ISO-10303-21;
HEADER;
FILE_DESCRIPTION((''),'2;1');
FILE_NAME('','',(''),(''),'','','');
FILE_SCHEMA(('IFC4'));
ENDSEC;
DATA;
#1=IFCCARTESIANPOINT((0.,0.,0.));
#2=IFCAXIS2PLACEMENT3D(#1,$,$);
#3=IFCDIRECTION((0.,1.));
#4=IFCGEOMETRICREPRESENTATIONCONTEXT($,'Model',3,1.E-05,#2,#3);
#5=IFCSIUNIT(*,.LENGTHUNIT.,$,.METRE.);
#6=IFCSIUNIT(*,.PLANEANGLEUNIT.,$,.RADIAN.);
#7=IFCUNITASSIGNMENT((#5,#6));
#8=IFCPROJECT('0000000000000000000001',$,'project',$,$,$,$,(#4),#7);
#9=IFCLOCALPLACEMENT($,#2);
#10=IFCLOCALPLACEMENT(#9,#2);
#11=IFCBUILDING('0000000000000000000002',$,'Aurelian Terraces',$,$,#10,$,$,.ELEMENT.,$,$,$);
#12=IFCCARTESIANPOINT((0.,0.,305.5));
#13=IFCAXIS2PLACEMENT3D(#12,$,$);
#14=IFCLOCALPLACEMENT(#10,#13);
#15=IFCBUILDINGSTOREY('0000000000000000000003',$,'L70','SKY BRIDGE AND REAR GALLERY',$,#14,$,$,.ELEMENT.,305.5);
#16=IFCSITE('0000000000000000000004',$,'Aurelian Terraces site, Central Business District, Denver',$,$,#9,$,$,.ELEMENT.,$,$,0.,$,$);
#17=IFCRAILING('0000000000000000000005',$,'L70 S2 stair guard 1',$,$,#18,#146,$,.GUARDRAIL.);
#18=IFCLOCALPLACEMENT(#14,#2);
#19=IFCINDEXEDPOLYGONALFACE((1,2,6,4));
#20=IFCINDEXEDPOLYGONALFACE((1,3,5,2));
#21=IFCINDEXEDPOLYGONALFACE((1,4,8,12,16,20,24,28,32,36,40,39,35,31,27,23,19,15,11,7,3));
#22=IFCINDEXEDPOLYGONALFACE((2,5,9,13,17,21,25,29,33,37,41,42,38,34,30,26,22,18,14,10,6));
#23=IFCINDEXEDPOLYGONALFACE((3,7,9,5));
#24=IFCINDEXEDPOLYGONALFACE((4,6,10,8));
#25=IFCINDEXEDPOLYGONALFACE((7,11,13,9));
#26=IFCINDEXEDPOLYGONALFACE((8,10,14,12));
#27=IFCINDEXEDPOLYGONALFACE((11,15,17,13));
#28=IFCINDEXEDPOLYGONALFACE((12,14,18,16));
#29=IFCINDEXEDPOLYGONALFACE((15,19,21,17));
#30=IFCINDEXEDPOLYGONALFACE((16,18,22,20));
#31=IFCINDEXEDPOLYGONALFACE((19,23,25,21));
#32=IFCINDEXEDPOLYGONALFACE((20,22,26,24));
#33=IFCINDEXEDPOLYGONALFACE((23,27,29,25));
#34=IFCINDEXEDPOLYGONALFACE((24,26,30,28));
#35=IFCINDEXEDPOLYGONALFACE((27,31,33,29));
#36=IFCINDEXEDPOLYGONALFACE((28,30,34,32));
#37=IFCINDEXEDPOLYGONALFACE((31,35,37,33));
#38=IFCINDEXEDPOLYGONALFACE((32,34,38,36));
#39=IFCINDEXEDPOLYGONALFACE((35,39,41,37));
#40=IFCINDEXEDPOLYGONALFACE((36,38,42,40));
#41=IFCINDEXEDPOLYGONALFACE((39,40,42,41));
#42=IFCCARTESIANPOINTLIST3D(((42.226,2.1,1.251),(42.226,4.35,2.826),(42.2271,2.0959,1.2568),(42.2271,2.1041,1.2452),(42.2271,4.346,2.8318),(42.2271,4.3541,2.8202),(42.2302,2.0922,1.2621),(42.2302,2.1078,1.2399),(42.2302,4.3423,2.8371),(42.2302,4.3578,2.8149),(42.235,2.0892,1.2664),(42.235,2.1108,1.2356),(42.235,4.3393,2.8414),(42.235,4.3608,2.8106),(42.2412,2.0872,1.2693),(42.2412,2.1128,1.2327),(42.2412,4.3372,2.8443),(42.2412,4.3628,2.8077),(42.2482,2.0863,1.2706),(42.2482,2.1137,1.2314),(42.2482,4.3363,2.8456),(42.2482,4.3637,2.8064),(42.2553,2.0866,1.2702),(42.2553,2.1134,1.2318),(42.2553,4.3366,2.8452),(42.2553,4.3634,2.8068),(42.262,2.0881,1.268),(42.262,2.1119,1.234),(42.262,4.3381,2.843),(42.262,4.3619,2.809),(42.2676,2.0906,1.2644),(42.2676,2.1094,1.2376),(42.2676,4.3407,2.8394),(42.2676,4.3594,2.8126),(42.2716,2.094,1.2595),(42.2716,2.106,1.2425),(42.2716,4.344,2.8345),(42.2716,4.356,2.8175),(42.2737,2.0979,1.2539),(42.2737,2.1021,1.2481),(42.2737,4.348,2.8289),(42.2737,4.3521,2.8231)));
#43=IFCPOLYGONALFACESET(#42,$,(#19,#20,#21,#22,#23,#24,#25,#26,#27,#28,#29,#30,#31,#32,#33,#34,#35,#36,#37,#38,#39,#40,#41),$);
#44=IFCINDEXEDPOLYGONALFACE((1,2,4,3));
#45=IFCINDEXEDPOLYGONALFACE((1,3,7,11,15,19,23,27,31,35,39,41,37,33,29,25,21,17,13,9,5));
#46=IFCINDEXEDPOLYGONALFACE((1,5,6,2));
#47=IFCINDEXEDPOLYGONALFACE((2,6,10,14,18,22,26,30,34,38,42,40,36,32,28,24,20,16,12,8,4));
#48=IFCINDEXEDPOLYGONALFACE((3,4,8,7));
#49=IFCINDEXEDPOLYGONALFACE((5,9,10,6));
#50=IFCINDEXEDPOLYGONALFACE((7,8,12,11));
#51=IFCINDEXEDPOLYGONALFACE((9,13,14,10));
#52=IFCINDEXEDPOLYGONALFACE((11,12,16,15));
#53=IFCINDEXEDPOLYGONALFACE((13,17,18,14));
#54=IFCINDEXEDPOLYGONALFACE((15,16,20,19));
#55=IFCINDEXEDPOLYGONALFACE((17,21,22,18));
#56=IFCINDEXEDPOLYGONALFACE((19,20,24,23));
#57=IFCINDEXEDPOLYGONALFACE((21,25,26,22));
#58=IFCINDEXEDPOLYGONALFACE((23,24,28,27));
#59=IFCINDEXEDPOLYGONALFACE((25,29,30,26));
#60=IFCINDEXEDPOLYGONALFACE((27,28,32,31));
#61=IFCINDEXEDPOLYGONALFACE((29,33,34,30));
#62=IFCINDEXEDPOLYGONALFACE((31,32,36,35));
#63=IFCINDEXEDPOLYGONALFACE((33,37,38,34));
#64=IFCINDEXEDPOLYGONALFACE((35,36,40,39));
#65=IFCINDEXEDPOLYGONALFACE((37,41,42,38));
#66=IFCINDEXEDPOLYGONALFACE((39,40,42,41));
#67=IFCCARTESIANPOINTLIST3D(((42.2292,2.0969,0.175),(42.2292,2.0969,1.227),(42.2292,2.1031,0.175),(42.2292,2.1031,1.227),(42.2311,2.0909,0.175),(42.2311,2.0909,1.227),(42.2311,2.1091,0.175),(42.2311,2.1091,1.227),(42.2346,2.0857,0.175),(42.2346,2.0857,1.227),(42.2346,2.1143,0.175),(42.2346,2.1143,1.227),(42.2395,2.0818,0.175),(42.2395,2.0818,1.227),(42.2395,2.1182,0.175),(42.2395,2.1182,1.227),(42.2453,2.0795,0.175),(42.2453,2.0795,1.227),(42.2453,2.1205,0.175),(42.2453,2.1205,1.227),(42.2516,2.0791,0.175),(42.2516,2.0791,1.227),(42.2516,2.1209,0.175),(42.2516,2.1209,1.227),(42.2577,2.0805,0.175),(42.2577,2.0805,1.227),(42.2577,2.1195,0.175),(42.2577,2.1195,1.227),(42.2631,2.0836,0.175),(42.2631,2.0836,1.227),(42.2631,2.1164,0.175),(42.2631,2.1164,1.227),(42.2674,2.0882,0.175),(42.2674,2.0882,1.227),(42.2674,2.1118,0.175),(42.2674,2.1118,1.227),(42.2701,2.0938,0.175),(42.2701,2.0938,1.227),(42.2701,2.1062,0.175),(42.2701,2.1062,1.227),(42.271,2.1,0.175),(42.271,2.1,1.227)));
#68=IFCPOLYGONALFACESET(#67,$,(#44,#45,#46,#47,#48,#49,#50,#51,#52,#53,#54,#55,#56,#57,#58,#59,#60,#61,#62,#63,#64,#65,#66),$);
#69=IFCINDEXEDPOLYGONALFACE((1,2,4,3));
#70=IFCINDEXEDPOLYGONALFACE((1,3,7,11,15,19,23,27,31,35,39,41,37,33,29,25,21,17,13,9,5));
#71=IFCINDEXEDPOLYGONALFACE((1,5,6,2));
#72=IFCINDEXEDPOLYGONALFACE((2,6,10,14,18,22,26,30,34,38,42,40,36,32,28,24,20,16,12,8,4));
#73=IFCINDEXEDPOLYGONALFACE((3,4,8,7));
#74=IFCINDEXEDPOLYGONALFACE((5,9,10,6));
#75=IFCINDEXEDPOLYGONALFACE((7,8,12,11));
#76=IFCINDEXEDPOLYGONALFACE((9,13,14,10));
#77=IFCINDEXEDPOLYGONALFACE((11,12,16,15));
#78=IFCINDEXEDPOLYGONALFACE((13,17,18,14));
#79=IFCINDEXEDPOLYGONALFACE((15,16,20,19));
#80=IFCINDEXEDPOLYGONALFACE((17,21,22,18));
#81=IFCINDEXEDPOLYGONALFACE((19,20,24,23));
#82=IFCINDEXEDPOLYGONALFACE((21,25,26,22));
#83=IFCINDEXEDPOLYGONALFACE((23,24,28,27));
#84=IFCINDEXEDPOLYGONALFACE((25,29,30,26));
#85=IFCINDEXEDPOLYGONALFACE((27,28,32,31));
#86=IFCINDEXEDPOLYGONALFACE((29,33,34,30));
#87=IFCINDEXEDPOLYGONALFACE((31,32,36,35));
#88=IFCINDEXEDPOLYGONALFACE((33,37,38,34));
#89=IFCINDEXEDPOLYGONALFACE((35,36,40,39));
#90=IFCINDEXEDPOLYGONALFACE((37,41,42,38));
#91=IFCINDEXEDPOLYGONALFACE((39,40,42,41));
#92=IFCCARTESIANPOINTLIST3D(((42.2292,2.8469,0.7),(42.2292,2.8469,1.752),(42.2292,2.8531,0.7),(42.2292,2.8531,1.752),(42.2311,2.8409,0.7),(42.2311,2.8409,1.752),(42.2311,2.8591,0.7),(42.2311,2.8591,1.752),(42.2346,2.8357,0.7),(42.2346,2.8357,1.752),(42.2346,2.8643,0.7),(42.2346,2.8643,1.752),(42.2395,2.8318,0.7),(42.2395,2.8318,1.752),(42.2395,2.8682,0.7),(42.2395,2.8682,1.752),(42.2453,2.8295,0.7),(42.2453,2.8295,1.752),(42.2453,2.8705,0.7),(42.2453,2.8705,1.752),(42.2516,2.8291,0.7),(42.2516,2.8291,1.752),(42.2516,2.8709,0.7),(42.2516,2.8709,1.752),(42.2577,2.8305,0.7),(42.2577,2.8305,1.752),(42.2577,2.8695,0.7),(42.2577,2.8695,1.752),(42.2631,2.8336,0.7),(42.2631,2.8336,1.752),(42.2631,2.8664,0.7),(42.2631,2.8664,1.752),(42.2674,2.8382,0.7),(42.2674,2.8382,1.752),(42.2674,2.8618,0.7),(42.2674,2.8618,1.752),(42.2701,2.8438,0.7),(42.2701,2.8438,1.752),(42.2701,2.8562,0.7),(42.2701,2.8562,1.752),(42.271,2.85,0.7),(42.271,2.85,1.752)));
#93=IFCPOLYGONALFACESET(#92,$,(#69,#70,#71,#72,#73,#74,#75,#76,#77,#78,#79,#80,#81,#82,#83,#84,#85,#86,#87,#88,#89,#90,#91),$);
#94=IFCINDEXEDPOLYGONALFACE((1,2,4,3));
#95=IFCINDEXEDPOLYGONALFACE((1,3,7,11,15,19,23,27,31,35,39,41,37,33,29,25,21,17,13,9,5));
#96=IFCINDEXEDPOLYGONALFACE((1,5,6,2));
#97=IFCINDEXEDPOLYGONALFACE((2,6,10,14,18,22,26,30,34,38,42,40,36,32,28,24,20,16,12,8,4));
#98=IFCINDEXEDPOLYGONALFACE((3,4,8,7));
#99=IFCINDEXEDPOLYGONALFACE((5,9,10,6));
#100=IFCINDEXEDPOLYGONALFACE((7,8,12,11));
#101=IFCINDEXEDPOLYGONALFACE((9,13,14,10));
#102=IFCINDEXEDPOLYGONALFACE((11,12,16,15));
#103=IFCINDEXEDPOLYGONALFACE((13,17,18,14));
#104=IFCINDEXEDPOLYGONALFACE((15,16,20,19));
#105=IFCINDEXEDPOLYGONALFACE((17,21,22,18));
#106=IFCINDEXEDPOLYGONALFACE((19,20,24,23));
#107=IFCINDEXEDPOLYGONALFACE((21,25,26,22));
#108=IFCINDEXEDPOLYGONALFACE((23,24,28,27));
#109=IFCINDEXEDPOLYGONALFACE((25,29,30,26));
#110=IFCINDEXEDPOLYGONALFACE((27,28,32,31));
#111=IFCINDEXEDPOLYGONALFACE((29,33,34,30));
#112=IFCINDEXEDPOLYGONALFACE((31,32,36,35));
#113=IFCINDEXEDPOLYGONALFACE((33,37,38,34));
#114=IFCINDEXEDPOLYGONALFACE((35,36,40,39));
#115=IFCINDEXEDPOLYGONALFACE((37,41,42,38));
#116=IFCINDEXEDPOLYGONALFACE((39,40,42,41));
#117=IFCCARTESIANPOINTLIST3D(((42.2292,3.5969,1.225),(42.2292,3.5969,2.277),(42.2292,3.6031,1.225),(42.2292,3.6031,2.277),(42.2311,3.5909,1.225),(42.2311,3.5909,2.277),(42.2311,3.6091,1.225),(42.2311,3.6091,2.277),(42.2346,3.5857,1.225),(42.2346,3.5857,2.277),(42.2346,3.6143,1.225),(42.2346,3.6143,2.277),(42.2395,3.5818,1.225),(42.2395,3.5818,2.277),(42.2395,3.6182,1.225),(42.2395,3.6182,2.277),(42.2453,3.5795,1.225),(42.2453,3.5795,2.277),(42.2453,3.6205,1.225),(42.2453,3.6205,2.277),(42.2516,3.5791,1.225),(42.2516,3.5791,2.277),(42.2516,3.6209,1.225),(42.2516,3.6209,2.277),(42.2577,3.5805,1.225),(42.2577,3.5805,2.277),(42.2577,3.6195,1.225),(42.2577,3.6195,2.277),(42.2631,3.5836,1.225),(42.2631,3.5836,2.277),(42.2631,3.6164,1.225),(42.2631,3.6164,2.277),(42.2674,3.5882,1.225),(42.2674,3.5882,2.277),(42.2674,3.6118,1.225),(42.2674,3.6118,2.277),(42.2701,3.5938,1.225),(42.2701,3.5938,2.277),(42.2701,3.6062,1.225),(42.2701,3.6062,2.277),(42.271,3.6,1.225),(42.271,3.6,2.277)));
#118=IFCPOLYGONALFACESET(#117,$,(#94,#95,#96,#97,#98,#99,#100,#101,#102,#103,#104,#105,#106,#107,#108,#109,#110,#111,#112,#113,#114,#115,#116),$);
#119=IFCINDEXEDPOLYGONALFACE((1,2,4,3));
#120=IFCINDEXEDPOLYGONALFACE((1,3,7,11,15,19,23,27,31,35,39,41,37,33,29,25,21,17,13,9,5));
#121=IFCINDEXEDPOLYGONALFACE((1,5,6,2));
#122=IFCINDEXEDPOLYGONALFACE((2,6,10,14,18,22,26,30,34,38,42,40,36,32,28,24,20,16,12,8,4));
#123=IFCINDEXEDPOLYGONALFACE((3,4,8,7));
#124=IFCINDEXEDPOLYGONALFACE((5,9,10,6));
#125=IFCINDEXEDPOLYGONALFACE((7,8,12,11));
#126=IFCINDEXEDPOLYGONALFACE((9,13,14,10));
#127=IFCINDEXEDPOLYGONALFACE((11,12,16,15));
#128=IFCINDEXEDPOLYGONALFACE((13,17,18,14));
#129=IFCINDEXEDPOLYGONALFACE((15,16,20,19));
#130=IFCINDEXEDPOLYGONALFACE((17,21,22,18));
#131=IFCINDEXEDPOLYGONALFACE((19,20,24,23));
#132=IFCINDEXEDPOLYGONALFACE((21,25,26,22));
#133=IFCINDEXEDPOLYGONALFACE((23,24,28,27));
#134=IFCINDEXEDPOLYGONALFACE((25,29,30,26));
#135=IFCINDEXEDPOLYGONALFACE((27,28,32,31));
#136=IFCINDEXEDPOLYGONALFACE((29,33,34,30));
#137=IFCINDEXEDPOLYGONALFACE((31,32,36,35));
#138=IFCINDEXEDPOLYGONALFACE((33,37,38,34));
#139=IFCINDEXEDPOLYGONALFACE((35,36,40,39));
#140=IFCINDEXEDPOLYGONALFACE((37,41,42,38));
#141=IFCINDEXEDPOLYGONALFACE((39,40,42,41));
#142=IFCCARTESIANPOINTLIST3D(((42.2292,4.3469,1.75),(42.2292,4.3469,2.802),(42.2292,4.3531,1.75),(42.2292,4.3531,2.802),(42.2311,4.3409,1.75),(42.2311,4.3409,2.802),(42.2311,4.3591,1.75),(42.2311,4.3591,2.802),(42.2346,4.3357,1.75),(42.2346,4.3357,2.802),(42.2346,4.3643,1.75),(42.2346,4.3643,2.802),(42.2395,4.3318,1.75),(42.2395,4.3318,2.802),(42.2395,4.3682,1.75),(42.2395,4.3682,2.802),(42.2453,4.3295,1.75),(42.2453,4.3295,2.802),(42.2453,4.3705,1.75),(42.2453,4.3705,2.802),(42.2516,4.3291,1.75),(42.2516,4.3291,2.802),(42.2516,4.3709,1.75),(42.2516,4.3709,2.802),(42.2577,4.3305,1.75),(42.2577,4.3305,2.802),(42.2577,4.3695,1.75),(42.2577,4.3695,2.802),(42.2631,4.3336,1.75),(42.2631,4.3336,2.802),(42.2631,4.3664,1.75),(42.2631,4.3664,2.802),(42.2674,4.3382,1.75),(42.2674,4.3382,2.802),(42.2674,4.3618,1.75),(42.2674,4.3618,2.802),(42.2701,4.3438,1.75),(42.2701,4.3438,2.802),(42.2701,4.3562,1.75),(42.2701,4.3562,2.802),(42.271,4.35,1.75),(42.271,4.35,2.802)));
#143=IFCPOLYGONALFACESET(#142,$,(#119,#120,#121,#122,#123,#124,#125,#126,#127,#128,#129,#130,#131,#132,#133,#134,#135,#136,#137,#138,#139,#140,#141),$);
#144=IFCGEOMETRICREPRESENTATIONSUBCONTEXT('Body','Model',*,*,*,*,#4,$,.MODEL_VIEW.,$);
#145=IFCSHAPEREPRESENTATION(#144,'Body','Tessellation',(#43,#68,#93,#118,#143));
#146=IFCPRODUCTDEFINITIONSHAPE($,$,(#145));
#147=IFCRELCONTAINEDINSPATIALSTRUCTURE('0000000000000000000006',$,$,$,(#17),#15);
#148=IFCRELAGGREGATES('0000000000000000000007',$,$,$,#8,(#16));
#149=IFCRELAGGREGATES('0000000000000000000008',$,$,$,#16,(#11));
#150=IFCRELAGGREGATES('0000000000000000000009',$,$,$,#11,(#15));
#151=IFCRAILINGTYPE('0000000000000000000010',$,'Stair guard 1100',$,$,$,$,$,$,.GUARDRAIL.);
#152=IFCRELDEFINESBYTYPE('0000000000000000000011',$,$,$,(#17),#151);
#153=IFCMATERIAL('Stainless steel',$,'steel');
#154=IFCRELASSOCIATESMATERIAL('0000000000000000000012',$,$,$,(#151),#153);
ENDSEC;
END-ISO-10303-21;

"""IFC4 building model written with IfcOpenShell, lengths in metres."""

from ifc_helpers import new_model, si_unit, direction, frame, origin, origin_2d, place, context, subcontext, project, spatial, circle, extrude, source, transform, mapped, material, type_object, element, save


model = new_model("IFC4")

# Units and contexts
model_context = context("Model", 3, precision=1e-05, world=origin(), true_north=direction((0.0, 1.0)))
body_context = subcontext(model_context, "Body", "Model", "MODEL_VIEW")
ifc_project = project(units=[si_unit("LENGTHUNIT", "METRE"), si_unit("PLANEANGLEUNIT", "RADIAN")], contexts=[model_context])

# Site, building, storey
site_placement = place(None, origin())
site = spatial("IfcSite", under=ifc_project, at=site_placement, Name="Aurelian Terraces site, Central Business District, Denver", CompositionType="ELEMENT", RefElevation=0.0)
building_placement = place(site_placement, origin())
building = spatial("IfcBuilding", under=site, at=building_placement, Name="Aurelian Terraces", CompositionType="ELEMENT")
storey_placement = place(building_placement, frame((0.0, 0.0, 305.5)))
storey = spatial("IfcBuildingStorey", under=building, at=storey_placement, Name="L70", Description="SKY BRIDGE AND REAR GALLERY", CompositionType="ELEMENT", Elevation=305.5)

# Railing
ifc_material_1 = material(Name="Stainless steel", Category="steel")
railing_type_1 = type_object("IfcRailingType", Name="Stair guard 1100", PredefinedType="GUARDRAIL", material=ifc_material_1)
shared_shape_1 = source(origin(), body_context, "Body", "SweptSolid", [
    extrude(circle(Radius=0.024, at=origin_2d()), frame((0.0, 0.0, 1.076), z_axis=(0.0, 0.819232, 0.573462), x_axis=(-1.0, 0.0, 0.0)), (0.0, 0.0, 1.0), 2.7465),
    extrude(circle(Radius=0.021, at=origin_2d()), origin(), (0.0, 0.0, 1.0), 1.052),
    extrude(circle(Radius=0.021, at=origin_2d()), frame((0.0, 0.75, 0.525)), (0.0, 0.0, 1.0), 1.052),
    extrude(circle(Radius=0.021, at=origin_2d()), frame((0.0, 1.5, 1.05)), (0.0, 0.0, 1.0), 1.052),
    extrude(circle(Radius=0.021, at=origin_2d()), frame((0.0, 2.25, 1.575)), (0.0, 0.0, 1.0), 1.052),
])
railing_1_placement = place(storey_placement, frame((42.25, 2.1, 0.175)))
element("IfcRailing", 1, at=railing_1_placement, inside=storey, type_object=railing_type_1, Name="L70 S2 stair guard 1", PredefinedType="GUARDRAIL", context=body_context, shape_type="MappedRepresentation", body=[
    mapped(shared_shape_1, transform((0.0, 0.0, 0.0), scale=1.0)),
])

save(model, "model.ifc")
